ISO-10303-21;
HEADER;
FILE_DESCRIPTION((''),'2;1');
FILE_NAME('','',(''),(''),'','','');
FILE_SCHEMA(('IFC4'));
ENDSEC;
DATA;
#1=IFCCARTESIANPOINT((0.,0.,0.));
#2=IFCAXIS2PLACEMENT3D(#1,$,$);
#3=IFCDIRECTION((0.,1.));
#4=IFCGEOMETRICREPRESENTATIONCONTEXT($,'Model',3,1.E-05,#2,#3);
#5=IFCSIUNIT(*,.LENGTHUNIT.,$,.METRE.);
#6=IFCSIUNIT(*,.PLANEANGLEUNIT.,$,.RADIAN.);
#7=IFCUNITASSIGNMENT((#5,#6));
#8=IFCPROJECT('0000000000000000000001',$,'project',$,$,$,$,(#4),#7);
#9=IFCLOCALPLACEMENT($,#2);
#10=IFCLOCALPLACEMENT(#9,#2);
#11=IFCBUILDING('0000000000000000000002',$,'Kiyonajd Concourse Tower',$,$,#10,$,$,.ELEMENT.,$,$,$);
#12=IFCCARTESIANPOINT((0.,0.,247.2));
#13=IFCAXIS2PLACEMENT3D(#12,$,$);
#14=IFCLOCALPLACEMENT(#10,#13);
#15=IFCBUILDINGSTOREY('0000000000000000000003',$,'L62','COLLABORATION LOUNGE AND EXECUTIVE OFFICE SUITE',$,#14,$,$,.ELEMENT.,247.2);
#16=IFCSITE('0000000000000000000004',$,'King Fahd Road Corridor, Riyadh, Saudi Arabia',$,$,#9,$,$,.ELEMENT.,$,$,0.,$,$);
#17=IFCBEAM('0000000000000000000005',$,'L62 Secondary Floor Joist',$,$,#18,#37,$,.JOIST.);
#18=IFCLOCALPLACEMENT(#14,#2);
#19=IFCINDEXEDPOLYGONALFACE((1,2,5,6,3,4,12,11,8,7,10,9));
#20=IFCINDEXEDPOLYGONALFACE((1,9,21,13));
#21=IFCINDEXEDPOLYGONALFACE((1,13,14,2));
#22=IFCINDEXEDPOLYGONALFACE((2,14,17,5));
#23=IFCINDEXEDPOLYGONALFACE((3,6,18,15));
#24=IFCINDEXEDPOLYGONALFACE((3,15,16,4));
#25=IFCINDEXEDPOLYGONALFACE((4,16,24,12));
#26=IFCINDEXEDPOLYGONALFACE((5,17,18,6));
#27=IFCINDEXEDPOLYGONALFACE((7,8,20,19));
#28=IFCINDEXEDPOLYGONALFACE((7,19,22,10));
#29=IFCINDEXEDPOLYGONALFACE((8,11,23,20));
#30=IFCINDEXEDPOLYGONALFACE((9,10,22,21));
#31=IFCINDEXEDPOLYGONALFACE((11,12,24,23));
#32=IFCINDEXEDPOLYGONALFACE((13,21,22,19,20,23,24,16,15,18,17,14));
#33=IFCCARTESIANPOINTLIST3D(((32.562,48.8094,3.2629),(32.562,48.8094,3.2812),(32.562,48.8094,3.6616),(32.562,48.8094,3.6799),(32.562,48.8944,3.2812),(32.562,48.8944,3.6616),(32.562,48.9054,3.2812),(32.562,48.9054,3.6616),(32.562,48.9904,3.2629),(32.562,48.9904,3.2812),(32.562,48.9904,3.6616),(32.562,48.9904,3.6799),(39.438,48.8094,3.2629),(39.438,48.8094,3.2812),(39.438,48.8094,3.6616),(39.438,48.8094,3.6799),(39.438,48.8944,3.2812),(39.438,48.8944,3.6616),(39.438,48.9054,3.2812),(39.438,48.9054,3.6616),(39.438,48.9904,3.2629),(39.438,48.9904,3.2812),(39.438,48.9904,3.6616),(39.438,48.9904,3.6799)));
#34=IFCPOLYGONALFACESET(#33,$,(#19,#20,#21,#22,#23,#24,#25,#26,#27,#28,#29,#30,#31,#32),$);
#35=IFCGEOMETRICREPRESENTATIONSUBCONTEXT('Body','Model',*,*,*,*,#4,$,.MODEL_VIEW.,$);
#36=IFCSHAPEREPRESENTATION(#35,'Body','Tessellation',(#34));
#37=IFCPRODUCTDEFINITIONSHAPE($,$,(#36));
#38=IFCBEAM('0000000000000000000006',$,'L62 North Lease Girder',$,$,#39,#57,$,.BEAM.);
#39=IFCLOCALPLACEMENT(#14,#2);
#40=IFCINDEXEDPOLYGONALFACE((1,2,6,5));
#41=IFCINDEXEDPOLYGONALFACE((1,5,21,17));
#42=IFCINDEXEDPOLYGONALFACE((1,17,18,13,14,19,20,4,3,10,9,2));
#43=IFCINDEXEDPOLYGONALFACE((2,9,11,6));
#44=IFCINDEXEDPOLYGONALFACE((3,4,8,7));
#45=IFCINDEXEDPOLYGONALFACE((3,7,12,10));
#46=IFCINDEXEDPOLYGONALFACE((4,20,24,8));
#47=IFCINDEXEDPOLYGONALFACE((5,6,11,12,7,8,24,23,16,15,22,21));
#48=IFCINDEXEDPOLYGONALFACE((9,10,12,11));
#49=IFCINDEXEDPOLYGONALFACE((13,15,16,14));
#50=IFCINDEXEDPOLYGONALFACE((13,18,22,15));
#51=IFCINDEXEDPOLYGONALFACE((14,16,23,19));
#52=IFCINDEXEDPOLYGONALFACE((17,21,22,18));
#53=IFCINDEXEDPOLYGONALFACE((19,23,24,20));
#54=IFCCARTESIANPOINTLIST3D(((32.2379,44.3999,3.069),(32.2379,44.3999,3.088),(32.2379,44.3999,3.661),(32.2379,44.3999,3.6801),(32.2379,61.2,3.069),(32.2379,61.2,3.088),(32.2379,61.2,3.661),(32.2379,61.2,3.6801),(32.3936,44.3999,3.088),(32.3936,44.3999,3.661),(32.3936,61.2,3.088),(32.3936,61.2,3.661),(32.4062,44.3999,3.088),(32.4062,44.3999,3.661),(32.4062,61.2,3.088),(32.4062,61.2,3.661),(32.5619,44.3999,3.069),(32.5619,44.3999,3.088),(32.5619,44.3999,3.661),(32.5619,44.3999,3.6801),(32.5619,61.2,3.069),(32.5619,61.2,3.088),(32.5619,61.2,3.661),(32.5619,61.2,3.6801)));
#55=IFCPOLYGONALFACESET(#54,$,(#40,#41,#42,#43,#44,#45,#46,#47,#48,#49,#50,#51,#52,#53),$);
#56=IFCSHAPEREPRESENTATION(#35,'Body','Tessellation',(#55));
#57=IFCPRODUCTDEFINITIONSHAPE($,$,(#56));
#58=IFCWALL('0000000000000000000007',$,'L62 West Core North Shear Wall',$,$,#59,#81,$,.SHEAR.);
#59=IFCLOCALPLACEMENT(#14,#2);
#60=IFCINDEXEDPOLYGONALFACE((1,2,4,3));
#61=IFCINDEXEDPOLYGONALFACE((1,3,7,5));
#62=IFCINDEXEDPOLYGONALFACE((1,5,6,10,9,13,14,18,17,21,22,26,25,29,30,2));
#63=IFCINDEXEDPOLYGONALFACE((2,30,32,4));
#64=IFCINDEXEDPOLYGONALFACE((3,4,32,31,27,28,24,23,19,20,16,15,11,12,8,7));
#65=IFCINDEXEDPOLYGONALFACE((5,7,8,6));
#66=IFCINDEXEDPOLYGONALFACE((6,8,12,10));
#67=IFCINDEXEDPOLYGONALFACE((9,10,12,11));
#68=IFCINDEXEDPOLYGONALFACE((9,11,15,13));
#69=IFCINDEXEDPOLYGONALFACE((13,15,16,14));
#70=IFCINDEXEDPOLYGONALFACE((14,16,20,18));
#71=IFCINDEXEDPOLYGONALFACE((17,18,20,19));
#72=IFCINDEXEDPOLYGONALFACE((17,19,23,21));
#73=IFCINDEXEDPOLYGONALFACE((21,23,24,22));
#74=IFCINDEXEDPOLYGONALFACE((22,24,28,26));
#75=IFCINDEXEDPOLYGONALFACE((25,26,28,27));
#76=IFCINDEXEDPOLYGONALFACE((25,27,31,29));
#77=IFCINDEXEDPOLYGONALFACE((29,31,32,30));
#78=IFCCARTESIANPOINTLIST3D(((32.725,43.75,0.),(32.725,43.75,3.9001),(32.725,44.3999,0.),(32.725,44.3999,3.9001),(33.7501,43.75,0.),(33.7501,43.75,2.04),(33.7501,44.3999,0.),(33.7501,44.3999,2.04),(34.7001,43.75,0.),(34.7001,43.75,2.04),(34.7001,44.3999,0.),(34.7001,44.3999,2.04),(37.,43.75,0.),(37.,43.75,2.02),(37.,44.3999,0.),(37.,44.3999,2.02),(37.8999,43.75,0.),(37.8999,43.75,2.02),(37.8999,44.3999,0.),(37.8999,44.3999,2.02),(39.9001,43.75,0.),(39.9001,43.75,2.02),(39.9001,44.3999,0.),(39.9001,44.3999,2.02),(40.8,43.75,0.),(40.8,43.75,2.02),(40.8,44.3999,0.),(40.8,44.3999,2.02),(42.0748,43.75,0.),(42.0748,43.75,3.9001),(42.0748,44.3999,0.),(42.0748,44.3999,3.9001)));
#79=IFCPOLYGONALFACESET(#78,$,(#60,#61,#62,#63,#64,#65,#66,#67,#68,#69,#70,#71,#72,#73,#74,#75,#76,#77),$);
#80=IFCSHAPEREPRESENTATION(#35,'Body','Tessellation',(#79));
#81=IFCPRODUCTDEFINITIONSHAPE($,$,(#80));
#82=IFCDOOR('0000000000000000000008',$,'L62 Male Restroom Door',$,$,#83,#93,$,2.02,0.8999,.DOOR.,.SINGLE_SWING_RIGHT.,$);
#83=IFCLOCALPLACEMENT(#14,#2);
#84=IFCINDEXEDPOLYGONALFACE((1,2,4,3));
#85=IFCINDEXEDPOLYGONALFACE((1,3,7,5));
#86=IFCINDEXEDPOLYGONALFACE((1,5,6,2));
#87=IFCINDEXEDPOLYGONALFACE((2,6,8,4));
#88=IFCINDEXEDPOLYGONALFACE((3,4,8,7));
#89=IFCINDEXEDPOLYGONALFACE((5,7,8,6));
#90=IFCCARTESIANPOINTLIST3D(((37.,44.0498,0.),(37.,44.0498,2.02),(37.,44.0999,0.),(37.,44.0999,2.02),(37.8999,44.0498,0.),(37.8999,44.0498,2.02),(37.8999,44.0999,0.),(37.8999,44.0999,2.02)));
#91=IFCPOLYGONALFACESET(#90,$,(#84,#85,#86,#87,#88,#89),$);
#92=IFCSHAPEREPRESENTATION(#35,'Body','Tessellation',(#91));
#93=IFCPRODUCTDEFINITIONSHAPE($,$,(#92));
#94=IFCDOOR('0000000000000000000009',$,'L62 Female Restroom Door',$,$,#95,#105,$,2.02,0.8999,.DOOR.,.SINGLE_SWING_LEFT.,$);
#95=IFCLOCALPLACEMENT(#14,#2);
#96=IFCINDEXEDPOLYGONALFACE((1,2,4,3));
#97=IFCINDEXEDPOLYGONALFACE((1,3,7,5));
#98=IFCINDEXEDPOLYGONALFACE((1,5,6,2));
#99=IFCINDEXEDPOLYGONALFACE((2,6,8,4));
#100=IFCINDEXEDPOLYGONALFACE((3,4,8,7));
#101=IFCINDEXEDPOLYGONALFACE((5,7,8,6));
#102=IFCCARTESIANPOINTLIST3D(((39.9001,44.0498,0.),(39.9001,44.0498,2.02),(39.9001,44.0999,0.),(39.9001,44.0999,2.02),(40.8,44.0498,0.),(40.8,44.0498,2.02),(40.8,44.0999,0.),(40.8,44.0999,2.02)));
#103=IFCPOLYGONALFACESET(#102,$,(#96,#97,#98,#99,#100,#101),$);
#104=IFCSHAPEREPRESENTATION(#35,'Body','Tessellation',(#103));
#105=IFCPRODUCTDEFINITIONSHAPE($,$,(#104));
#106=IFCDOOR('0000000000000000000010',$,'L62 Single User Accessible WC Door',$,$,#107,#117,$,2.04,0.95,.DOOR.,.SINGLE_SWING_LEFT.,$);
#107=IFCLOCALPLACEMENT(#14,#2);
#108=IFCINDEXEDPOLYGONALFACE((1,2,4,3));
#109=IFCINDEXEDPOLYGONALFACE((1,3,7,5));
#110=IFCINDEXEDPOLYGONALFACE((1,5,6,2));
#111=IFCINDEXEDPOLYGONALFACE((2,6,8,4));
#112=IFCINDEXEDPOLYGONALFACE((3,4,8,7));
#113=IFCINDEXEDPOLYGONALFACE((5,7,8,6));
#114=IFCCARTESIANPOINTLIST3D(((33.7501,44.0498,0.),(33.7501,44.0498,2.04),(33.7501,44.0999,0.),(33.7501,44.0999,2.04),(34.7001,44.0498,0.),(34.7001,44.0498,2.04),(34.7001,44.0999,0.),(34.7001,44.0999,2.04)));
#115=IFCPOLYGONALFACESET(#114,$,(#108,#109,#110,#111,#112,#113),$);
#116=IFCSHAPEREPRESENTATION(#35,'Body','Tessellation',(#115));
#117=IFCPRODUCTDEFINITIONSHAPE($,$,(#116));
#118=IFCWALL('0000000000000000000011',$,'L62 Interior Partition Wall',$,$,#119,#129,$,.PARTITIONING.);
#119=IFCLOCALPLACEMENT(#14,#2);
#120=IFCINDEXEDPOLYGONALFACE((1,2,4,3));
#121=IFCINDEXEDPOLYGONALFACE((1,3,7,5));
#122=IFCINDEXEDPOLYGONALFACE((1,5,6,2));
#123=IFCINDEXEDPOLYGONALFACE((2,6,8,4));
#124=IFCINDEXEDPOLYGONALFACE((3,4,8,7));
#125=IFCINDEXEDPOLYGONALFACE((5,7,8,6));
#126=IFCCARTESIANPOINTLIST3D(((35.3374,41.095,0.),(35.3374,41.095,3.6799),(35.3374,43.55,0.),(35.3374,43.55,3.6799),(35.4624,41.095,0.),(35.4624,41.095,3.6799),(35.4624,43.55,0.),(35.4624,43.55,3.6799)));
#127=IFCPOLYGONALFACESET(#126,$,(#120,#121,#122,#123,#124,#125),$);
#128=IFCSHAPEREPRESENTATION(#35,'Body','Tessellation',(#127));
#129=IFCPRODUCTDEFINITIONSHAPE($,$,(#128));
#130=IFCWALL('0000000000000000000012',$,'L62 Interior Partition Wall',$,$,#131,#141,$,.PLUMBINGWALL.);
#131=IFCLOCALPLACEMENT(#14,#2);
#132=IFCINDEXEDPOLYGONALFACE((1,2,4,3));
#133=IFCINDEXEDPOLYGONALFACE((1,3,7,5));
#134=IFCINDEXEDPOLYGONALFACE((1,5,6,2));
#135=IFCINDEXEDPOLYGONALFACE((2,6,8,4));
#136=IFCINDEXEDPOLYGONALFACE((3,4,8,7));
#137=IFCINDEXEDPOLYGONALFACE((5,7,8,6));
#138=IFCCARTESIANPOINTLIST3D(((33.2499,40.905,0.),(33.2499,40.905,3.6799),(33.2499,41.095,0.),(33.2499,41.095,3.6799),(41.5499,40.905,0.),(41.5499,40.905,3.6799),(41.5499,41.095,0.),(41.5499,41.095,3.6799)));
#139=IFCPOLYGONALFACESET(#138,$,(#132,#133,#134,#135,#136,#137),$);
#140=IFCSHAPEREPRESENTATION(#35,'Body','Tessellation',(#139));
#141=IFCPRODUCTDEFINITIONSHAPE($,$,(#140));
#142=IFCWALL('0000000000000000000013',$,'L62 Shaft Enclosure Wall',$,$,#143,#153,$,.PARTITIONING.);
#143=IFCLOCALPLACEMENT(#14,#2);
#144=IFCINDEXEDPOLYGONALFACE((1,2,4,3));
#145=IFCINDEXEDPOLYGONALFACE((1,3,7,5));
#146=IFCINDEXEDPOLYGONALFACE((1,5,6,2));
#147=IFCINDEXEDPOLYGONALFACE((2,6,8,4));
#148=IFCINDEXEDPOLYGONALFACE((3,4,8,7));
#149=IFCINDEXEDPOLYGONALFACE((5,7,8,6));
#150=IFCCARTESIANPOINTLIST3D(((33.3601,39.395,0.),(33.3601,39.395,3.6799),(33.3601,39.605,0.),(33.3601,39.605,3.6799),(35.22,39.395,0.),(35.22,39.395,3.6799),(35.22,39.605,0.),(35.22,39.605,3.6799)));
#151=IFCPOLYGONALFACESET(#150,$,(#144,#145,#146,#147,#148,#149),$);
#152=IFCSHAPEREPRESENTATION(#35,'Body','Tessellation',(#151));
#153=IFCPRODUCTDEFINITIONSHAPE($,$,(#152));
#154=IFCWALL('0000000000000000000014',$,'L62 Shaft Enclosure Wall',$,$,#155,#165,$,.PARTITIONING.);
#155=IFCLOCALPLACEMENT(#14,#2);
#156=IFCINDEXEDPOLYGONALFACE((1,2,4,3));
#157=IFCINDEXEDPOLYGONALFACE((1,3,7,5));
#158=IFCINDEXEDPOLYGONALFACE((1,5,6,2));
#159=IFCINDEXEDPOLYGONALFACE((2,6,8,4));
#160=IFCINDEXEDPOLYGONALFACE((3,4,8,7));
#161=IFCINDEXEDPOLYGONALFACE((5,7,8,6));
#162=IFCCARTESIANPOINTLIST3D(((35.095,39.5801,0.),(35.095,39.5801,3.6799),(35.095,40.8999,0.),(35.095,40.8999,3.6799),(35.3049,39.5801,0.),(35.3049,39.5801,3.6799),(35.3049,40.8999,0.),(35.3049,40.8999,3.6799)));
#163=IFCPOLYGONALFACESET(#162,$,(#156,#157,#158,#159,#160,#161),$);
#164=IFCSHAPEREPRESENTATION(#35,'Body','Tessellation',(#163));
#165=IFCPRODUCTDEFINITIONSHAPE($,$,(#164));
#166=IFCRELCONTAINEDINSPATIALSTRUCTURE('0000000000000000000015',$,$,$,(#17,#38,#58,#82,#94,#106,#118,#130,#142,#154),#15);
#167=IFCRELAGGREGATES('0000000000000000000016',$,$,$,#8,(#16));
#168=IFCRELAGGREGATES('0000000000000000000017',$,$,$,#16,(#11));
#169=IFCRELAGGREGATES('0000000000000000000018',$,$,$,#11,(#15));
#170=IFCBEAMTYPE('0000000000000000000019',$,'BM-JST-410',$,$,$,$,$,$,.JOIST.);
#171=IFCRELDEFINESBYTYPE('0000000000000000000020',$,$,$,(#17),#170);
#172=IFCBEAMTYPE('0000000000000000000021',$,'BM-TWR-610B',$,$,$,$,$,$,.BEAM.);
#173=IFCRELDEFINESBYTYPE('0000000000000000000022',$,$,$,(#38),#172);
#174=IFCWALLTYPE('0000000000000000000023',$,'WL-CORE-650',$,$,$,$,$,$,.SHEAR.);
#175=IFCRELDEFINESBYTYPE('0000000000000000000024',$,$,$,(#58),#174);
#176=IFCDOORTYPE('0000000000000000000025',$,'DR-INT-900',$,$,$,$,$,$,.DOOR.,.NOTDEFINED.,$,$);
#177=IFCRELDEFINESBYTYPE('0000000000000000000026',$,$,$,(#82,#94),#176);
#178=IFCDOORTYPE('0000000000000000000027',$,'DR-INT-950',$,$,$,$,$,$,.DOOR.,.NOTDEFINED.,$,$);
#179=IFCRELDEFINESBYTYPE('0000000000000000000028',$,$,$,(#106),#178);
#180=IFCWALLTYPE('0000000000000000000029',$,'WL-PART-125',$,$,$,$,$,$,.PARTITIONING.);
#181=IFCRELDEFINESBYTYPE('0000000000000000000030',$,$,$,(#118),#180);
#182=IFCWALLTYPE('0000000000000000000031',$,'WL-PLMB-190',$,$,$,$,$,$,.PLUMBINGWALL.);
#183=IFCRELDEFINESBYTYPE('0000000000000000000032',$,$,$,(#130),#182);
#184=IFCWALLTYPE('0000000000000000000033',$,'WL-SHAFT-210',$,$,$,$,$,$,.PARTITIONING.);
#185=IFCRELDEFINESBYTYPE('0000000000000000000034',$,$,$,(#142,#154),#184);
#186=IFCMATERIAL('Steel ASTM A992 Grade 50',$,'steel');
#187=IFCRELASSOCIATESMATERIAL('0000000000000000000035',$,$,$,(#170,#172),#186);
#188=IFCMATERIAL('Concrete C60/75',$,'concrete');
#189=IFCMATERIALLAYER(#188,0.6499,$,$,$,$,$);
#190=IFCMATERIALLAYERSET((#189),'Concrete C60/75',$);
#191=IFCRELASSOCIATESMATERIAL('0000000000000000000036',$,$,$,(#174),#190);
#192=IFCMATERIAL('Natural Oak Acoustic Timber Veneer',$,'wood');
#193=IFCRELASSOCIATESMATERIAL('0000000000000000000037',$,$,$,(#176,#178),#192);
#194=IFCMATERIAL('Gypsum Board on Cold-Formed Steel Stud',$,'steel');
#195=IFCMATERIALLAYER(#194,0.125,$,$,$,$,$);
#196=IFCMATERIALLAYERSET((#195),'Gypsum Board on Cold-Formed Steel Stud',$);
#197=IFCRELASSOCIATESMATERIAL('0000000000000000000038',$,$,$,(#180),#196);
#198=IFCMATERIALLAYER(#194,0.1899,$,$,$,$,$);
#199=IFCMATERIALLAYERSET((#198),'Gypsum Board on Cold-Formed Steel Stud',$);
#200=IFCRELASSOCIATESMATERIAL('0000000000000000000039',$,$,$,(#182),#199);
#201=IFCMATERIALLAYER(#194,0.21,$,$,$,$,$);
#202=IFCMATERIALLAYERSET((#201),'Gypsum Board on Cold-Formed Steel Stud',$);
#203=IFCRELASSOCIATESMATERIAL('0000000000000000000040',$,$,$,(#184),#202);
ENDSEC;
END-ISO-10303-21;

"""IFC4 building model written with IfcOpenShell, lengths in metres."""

from ifc_helpers import new_model, si_unit, direction, frame, frame_2d, origin, origin_2d, place, context, subcontext, project, spatial, rectangle, i_section, extrude, material, layer, layer_set, material_profile, profile_set, type_object, element, fill, save


model = new_model("IFC4")

# Units and contexts
model_context = context("Model", 3, precision=1e-05, world=origin(), true_north=direction((0.0, 1.0)))
body_context = subcontext(model_context, "Body", "Model", "MODEL_VIEW")
ifc_project = project(units=[si_unit("LENGTHUNIT", "METRE"), si_unit("PLANEANGLEUNIT", "RADIAN")], contexts=[model_context])

# Site, building, storey
site_placement = place(None, origin())
site = spatial("IfcSite", under=ifc_project, at=site_placement, Name="King Fahd Road Corridor, Riyadh, Saudi Arabia", CompositionType="ELEMENT", RefElevation=0.0)
building_placement = place(site_placement, origin())
building = spatial("IfcBuilding", under=site, at=building_placement, Name="Kiyonajd Concourse Tower", CompositionType="ELEMENT")
storey_placement = place(building_placement, frame((0.0, 0.0, 247.2)))
storey = spatial("IfcBuildingStorey", under=building, at=storey_placement, Name="L62", Description="COLLABORATION LOUNGE AND EXECUTIVE OFFICE SUITE", CompositionType="ELEMENT", Elevation=247.2)

# Beams
ifc_material_1 = material(Name="Steel ASTM A992 Grade 50", Category="steel")
ifc_material_profile_1 = material_profile(ifc_material_1, i_section(OverallWidth=0.1809, OverallDepth=0.417, WebThickness=0.011, FlangeThickness=0.0183, at=origin_2d()), Name="W410X85")
ifc_profile_set_1 = profile_set([ifc_material_profile_1], Name="Steel ASTM A992 Grade 50")
beam_type_1 = type_object("IfcBeamType", Name="BM-JST-410", PredefinedType="JOIST", material=ifc_profile_set_1)
beam_1_placement = place(storey_placement, frame((32.562, 48.8999, 3.4714), z_axis=(1.0, 0.0, 0.0), x_axis=(0.0, 1.0, 0.0)))
element("IfcBeam", 1, at=beam_1_placement, inside=storey, type_object=beam_type_1, Name="L62 Secondary Floor Joist", PredefinedType="JOIST", context=body_context, shape_type="SweptSolid", body=[
    extrude(i_section(OverallWidth=0.1809, OverallDepth=0.417, WebThickness=0.011, FlangeThickness=0.0183, at=origin_2d()), origin(), (0.0, 0.0, 1.0), 6.876),
])
ifc_material_profile_2 = material_profile(ifc_material_1, i_section(OverallWidth=0.324, OverallDepth=0.6111, WebThickness=0.0127, FlangeThickness=0.019, at=origin_2d()), Name="W610X155")
ifc_profile_set_2 = profile_set([ifc_material_profile_2], Name="Steel ASTM A992 Grade 50")
beam_type_2 = type_object("IfcBeamType", Name="BM-TWR-610B", PredefinedType="BEAM", material=ifc_profile_set_2)
beam_2_placement = place(storey_placement, frame((32.3999, 44.3999, 3.3745), z_axis=(0.0, 1.0, 0.0), x_axis=(-1.0, 0.0, 0.0)))
element("IfcBeam", 2, at=beam_2_placement, inside=storey, type_object=beam_type_2, Name="L62 North Lease Girder", PredefinedType="BEAM", context=body_context, shape_type="SweptSolid", body=[
    extrude(i_section(OverallWidth=0.324, OverallDepth=0.6111, WebThickness=0.0127, FlangeThickness=0.019, at=origin_2d()), origin(), (0.0, 0.0, 1.0), 16.8),
])

# Wall, openings, doors
ifc_material_2 = material(Name="Concrete C60/75", Category="concrete")
ifc_layer_1 = layer(ifc_material_2, 0.6499)
ifc_layer_set_1 = layer_set([ifc_layer_1], Name="Concrete C60/75")
wall_type_1 = type_object("IfcWallType", Name="WL-CORE-650", PredefinedType="SHEAR", material=ifc_layer_set_1)
wall_1_placement = place(storey_placement, frame((32.7251, 44.075, 0.0), z_axis=(0.0, 0.0, 1.0), x_axis=(1.0, 0.0, 0.0)))
wall_1 = element("IfcWall", 3, at=wall_1_placement, inside=storey, type_object=wall_type_1, Name="L62 West Core North Shear Wall", PredefinedType="SHEAR", context=body_context, shape_type="SweptSolid", body=[
    extrude(rectangle(XDim=9.3499, YDim=0.6499, at=frame_2d((4.6748, 0.0))), origin(), (0.0, 0.0, 1.0), 3.9001),
])
opening_1_placement = place(wall_1_placement, frame((1.0249, 0.0, 0.0)))
opening_1 = element("IfcOpeningElement", 4, at=opening_1_placement, cuts=wall_1, PredefinedType="OPENING", context=body_context, shape_type="SweptSolid", body=[
    extrude(rectangle(XDim=0.95, YDim=2.04, at=frame_2d((0.4751, 1.02))), frame((0.0, 0.335, 0.0), z_axis=(0.0, -1.0, 0.0), x_axis=(1.0, 0.0, 0.0)), (0.0, 0.0, 1.0), 0.6699),
])
opening_2_placement = place(wall_1_placement, frame((4.2749, 0.0, 0.0)))
opening_2 = element("IfcOpeningElement", 5, at=opening_2_placement, cuts=wall_1, PredefinedType="OPENING", context=body_context, shape_type="SweptSolid", body=[
    extrude(rectangle(XDim=0.8999, YDim=2.02, at=frame_2d((0.45, 1.01))), frame((0.0, 0.335, 0.0), z_axis=(0.0, -1.0, 0.0), x_axis=(1.0, 0.0, 0.0)), (0.0, 0.0, 1.0), 0.6699),
])
opening_3_placement = place(wall_1_placement, frame((7.175, 0.0, 0.0)))
opening_3 = element("IfcOpeningElement", 6, at=opening_3_placement, cuts=wall_1, PredefinedType="OPENING", context=body_context, shape_type="SweptSolid", body=[
    extrude(rectangle(XDim=0.8999, YDim=2.02, at=frame_2d((0.45, 1.01))), frame((0.0, 0.335, 0.0), z_axis=(0.0, -1.0, 0.0), x_axis=(1.0, 0.0, 0.0)), (0.0, 0.0, 1.0), 0.6699),
])
ifc_material_3 = material(Name="Natural Oak Acoustic Timber Veneer", Category="wood")
door_type_1 = type_object("IfcDoorType", Name="DR-INT-900", OperationType="NOTDEFINED", PredefinedType="DOOR", material=ifc_material_3)
door_1_placement = place(opening_2_placement, origin())
door_1 = element("IfcDoor", 7, at=door_1_placement, inside=storey, type_object=door_type_1, Name="L62 Male Restroom Door", OperationType="SINGLE_SWING_RIGHT", OverallHeight=2.02, OverallWidth=0.8999, PredefinedType="DOOR", context=body_context, shape_type="SweptSolid", body=[
    extrude(rectangle(XDim=0.8999, YDim=2.02, at=frame_2d((0.45, 1.01))), frame((0.0, 0.0249, 0.0), z_axis=(0.0, -1.0, 0.0), x_axis=(1.0, 0.0, 0.0)), (0.0, 0.0, 1.0), 0.05),
])
fill(opening_2, door_1)
door_2_placement = place(opening_3_placement, origin())
door_2 = element("IfcDoor", 8, at=door_2_placement, inside=storey, type_object=door_type_1, Name="L62 Female Restroom Door", OperationType="SINGLE_SWING_LEFT", OverallHeight=2.02, OverallWidth=0.8999, PredefinedType="DOOR", context=body_context, shape_type="SweptSolid", body=[
    extrude(rectangle(XDim=0.8999, YDim=2.02, at=frame_2d((0.45, 1.01))), frame((0.0, 0.0249, 0.0), z_axis=(0.0, -1.0, 0.0), x_axis=(1.0, 0.0, 0.0)), (0.0, 0.0, 1.0), 0.05),
])
fill(opening_3, door_2)
door_type_2 = type_object("IfcDoorType", Name="DR-INT-950", OperationType="NOTDEFINED", PredefinedType="DOOR", material=ifc_material_3)
door_3_placement = place(opening_1_placement, origin())
door_3 = element("IfcDoor", 9, at=door_3_placement, inside=storey, type_object=door_type_2, Name="L62 Single User Accessible WC Door", OperationType="SINGLE_SWING_LEFT", OverallHeight=2.04, OverallWidth=0.95, PredefinedType="DOOR", context=body_context, shape_type="SweptSolid", body=[
    extrude(rectangle(XDim=0.95, YDim=2.04, at=frame_2d((0.4751, 1.02))), frame((0.0, 0.0249, 0.0), z_axis=(0.0, -1.0, 0.0), x_axis=(1.0, 0.0, 0.0)), (0.0, 0.0, 1.0), 0.05),
])
fill(opening_1, door_3)

# Walls
ifc_material_4 = material(Name="Gypsum Board on Cold-Formed Steel Stud", Category="steel")
ifc_layer_2 = layer(ifc_material_4, 0.125)
ifc_layer_set_2 = layer_set([ifc_layer_2], Name="Gypsum Board on Cold-Formed Steel Stud")
wall_type_2 = type_object("IfcWallType", Name="WL-PART-125", PredefinedType="PARTITIONING", material=ifc_layer_set_2)
wall_2_placement = place(storey_placement, frame((35.3999, 41.095, 0.0), z_axis=(0.0, 0.0, 1.0), x_axis=(0.0, 1.0, 0.0)))
element("IfcWall", 10, at=wall_2_placement, inside=storey, type_object=wall_type_2, Name="L62 Interior Partition Wall", PredefinedType="PARTITIONING", context=body_context, shape_type="SweptSolid", body=[
    extrude(rectangle(XDim=2.4551, YDim=0.125, at=frame_2d((1.2275, 0.0))), origin(), (0.0, 0.0, 1.0), 3.6799),
])
ifc_layer_3 = layer(ifc_material_4, 0.1899)
ifc_layer_set_3 = layer_set([ifc_layer_3], Name="Gypsum Board on Cold-Formed Steel Stud")
wall_type_3 = type_object("IfcWallType", Name="WL-PLMB-190", PredefinedType="PLUMBINGWALL", material=ifc_layer_set_3)
wall_3_placement = place(storey_placement, frame((33.25, 41.0, 0.0), z_axis=(0.0, 0.0, 1.0), x_axis=(1.0, 0.0, 0.0)))
element("IfcWall", 11, at=wall_3_placement, inside=storey, type_object=wall_type_3, Name="L62 Interior Partition Wall", PredefinedType="PLUMBINGWALL", context=body_context, shape_type="SweptSolid", body=[
    extrude(rectangle(XDim=8.3, YDim=0.1899, at=frame_2d((4.1499, 0.0))), origin(), (0.0, 0.0, 1.0), 3.6799),
])
ifc_layer_4 = layer(ifc_material_4, 0.21)
ifc_layer_set_4 = layer_set([ifc_layer_4], Name="Gypsum Board on Cold-Formed Steel Stud")
wall_type_4 = type_object("IfcWallType", Name="WL-SHAFT-210", PredefinedType="PARTITIONING", material=ifc_layer_set_4)
wall_4_placement = place(storey_placement, frame((33.3601, 39.5, 0.0), z_axis=(0.0, 0.0, 1.0), x_axis=(1.0, 0.0, 0.0)))
element("IfcWall", 12, at=wall_4_placement, inside=storey, type_object=wall_type_4, Name="L62 Shaft Enclosure Wall", PredefinedType="PARTITIONING", context=body_context, shape_type="SweptSolid", body=[
    extrude(rectangle(XDim=1.8599, YDim=0.21, at=frame_2d((0.9299, 0.0))), origin(), (0.0, 0.0, 1.0), 3.6799),
])
wall_5_placement = place(storey_placement, frame((35.2, 39.5801, 0.0), z_axis=(0.0, 0.0, 1.0), x_axis=(0.0, 1.0, 0.0)))
element("IfcWall", 13, at=wall_5_placement, inside=storey, type_object=wall_type_4, Name="L62 Shaft Enclosure Wall", PredefinedType="PARTITIONING", context=body_context, shape_type="SweptSolid", body=[
    extrude(rectangle(XDim=1.3198, YDim=0.21, at=frame_2d((0.6599, 0.0))), origin(), (0.0, 0.0, 1.0), 3.6799),
])

save(model, "model.ifc")
